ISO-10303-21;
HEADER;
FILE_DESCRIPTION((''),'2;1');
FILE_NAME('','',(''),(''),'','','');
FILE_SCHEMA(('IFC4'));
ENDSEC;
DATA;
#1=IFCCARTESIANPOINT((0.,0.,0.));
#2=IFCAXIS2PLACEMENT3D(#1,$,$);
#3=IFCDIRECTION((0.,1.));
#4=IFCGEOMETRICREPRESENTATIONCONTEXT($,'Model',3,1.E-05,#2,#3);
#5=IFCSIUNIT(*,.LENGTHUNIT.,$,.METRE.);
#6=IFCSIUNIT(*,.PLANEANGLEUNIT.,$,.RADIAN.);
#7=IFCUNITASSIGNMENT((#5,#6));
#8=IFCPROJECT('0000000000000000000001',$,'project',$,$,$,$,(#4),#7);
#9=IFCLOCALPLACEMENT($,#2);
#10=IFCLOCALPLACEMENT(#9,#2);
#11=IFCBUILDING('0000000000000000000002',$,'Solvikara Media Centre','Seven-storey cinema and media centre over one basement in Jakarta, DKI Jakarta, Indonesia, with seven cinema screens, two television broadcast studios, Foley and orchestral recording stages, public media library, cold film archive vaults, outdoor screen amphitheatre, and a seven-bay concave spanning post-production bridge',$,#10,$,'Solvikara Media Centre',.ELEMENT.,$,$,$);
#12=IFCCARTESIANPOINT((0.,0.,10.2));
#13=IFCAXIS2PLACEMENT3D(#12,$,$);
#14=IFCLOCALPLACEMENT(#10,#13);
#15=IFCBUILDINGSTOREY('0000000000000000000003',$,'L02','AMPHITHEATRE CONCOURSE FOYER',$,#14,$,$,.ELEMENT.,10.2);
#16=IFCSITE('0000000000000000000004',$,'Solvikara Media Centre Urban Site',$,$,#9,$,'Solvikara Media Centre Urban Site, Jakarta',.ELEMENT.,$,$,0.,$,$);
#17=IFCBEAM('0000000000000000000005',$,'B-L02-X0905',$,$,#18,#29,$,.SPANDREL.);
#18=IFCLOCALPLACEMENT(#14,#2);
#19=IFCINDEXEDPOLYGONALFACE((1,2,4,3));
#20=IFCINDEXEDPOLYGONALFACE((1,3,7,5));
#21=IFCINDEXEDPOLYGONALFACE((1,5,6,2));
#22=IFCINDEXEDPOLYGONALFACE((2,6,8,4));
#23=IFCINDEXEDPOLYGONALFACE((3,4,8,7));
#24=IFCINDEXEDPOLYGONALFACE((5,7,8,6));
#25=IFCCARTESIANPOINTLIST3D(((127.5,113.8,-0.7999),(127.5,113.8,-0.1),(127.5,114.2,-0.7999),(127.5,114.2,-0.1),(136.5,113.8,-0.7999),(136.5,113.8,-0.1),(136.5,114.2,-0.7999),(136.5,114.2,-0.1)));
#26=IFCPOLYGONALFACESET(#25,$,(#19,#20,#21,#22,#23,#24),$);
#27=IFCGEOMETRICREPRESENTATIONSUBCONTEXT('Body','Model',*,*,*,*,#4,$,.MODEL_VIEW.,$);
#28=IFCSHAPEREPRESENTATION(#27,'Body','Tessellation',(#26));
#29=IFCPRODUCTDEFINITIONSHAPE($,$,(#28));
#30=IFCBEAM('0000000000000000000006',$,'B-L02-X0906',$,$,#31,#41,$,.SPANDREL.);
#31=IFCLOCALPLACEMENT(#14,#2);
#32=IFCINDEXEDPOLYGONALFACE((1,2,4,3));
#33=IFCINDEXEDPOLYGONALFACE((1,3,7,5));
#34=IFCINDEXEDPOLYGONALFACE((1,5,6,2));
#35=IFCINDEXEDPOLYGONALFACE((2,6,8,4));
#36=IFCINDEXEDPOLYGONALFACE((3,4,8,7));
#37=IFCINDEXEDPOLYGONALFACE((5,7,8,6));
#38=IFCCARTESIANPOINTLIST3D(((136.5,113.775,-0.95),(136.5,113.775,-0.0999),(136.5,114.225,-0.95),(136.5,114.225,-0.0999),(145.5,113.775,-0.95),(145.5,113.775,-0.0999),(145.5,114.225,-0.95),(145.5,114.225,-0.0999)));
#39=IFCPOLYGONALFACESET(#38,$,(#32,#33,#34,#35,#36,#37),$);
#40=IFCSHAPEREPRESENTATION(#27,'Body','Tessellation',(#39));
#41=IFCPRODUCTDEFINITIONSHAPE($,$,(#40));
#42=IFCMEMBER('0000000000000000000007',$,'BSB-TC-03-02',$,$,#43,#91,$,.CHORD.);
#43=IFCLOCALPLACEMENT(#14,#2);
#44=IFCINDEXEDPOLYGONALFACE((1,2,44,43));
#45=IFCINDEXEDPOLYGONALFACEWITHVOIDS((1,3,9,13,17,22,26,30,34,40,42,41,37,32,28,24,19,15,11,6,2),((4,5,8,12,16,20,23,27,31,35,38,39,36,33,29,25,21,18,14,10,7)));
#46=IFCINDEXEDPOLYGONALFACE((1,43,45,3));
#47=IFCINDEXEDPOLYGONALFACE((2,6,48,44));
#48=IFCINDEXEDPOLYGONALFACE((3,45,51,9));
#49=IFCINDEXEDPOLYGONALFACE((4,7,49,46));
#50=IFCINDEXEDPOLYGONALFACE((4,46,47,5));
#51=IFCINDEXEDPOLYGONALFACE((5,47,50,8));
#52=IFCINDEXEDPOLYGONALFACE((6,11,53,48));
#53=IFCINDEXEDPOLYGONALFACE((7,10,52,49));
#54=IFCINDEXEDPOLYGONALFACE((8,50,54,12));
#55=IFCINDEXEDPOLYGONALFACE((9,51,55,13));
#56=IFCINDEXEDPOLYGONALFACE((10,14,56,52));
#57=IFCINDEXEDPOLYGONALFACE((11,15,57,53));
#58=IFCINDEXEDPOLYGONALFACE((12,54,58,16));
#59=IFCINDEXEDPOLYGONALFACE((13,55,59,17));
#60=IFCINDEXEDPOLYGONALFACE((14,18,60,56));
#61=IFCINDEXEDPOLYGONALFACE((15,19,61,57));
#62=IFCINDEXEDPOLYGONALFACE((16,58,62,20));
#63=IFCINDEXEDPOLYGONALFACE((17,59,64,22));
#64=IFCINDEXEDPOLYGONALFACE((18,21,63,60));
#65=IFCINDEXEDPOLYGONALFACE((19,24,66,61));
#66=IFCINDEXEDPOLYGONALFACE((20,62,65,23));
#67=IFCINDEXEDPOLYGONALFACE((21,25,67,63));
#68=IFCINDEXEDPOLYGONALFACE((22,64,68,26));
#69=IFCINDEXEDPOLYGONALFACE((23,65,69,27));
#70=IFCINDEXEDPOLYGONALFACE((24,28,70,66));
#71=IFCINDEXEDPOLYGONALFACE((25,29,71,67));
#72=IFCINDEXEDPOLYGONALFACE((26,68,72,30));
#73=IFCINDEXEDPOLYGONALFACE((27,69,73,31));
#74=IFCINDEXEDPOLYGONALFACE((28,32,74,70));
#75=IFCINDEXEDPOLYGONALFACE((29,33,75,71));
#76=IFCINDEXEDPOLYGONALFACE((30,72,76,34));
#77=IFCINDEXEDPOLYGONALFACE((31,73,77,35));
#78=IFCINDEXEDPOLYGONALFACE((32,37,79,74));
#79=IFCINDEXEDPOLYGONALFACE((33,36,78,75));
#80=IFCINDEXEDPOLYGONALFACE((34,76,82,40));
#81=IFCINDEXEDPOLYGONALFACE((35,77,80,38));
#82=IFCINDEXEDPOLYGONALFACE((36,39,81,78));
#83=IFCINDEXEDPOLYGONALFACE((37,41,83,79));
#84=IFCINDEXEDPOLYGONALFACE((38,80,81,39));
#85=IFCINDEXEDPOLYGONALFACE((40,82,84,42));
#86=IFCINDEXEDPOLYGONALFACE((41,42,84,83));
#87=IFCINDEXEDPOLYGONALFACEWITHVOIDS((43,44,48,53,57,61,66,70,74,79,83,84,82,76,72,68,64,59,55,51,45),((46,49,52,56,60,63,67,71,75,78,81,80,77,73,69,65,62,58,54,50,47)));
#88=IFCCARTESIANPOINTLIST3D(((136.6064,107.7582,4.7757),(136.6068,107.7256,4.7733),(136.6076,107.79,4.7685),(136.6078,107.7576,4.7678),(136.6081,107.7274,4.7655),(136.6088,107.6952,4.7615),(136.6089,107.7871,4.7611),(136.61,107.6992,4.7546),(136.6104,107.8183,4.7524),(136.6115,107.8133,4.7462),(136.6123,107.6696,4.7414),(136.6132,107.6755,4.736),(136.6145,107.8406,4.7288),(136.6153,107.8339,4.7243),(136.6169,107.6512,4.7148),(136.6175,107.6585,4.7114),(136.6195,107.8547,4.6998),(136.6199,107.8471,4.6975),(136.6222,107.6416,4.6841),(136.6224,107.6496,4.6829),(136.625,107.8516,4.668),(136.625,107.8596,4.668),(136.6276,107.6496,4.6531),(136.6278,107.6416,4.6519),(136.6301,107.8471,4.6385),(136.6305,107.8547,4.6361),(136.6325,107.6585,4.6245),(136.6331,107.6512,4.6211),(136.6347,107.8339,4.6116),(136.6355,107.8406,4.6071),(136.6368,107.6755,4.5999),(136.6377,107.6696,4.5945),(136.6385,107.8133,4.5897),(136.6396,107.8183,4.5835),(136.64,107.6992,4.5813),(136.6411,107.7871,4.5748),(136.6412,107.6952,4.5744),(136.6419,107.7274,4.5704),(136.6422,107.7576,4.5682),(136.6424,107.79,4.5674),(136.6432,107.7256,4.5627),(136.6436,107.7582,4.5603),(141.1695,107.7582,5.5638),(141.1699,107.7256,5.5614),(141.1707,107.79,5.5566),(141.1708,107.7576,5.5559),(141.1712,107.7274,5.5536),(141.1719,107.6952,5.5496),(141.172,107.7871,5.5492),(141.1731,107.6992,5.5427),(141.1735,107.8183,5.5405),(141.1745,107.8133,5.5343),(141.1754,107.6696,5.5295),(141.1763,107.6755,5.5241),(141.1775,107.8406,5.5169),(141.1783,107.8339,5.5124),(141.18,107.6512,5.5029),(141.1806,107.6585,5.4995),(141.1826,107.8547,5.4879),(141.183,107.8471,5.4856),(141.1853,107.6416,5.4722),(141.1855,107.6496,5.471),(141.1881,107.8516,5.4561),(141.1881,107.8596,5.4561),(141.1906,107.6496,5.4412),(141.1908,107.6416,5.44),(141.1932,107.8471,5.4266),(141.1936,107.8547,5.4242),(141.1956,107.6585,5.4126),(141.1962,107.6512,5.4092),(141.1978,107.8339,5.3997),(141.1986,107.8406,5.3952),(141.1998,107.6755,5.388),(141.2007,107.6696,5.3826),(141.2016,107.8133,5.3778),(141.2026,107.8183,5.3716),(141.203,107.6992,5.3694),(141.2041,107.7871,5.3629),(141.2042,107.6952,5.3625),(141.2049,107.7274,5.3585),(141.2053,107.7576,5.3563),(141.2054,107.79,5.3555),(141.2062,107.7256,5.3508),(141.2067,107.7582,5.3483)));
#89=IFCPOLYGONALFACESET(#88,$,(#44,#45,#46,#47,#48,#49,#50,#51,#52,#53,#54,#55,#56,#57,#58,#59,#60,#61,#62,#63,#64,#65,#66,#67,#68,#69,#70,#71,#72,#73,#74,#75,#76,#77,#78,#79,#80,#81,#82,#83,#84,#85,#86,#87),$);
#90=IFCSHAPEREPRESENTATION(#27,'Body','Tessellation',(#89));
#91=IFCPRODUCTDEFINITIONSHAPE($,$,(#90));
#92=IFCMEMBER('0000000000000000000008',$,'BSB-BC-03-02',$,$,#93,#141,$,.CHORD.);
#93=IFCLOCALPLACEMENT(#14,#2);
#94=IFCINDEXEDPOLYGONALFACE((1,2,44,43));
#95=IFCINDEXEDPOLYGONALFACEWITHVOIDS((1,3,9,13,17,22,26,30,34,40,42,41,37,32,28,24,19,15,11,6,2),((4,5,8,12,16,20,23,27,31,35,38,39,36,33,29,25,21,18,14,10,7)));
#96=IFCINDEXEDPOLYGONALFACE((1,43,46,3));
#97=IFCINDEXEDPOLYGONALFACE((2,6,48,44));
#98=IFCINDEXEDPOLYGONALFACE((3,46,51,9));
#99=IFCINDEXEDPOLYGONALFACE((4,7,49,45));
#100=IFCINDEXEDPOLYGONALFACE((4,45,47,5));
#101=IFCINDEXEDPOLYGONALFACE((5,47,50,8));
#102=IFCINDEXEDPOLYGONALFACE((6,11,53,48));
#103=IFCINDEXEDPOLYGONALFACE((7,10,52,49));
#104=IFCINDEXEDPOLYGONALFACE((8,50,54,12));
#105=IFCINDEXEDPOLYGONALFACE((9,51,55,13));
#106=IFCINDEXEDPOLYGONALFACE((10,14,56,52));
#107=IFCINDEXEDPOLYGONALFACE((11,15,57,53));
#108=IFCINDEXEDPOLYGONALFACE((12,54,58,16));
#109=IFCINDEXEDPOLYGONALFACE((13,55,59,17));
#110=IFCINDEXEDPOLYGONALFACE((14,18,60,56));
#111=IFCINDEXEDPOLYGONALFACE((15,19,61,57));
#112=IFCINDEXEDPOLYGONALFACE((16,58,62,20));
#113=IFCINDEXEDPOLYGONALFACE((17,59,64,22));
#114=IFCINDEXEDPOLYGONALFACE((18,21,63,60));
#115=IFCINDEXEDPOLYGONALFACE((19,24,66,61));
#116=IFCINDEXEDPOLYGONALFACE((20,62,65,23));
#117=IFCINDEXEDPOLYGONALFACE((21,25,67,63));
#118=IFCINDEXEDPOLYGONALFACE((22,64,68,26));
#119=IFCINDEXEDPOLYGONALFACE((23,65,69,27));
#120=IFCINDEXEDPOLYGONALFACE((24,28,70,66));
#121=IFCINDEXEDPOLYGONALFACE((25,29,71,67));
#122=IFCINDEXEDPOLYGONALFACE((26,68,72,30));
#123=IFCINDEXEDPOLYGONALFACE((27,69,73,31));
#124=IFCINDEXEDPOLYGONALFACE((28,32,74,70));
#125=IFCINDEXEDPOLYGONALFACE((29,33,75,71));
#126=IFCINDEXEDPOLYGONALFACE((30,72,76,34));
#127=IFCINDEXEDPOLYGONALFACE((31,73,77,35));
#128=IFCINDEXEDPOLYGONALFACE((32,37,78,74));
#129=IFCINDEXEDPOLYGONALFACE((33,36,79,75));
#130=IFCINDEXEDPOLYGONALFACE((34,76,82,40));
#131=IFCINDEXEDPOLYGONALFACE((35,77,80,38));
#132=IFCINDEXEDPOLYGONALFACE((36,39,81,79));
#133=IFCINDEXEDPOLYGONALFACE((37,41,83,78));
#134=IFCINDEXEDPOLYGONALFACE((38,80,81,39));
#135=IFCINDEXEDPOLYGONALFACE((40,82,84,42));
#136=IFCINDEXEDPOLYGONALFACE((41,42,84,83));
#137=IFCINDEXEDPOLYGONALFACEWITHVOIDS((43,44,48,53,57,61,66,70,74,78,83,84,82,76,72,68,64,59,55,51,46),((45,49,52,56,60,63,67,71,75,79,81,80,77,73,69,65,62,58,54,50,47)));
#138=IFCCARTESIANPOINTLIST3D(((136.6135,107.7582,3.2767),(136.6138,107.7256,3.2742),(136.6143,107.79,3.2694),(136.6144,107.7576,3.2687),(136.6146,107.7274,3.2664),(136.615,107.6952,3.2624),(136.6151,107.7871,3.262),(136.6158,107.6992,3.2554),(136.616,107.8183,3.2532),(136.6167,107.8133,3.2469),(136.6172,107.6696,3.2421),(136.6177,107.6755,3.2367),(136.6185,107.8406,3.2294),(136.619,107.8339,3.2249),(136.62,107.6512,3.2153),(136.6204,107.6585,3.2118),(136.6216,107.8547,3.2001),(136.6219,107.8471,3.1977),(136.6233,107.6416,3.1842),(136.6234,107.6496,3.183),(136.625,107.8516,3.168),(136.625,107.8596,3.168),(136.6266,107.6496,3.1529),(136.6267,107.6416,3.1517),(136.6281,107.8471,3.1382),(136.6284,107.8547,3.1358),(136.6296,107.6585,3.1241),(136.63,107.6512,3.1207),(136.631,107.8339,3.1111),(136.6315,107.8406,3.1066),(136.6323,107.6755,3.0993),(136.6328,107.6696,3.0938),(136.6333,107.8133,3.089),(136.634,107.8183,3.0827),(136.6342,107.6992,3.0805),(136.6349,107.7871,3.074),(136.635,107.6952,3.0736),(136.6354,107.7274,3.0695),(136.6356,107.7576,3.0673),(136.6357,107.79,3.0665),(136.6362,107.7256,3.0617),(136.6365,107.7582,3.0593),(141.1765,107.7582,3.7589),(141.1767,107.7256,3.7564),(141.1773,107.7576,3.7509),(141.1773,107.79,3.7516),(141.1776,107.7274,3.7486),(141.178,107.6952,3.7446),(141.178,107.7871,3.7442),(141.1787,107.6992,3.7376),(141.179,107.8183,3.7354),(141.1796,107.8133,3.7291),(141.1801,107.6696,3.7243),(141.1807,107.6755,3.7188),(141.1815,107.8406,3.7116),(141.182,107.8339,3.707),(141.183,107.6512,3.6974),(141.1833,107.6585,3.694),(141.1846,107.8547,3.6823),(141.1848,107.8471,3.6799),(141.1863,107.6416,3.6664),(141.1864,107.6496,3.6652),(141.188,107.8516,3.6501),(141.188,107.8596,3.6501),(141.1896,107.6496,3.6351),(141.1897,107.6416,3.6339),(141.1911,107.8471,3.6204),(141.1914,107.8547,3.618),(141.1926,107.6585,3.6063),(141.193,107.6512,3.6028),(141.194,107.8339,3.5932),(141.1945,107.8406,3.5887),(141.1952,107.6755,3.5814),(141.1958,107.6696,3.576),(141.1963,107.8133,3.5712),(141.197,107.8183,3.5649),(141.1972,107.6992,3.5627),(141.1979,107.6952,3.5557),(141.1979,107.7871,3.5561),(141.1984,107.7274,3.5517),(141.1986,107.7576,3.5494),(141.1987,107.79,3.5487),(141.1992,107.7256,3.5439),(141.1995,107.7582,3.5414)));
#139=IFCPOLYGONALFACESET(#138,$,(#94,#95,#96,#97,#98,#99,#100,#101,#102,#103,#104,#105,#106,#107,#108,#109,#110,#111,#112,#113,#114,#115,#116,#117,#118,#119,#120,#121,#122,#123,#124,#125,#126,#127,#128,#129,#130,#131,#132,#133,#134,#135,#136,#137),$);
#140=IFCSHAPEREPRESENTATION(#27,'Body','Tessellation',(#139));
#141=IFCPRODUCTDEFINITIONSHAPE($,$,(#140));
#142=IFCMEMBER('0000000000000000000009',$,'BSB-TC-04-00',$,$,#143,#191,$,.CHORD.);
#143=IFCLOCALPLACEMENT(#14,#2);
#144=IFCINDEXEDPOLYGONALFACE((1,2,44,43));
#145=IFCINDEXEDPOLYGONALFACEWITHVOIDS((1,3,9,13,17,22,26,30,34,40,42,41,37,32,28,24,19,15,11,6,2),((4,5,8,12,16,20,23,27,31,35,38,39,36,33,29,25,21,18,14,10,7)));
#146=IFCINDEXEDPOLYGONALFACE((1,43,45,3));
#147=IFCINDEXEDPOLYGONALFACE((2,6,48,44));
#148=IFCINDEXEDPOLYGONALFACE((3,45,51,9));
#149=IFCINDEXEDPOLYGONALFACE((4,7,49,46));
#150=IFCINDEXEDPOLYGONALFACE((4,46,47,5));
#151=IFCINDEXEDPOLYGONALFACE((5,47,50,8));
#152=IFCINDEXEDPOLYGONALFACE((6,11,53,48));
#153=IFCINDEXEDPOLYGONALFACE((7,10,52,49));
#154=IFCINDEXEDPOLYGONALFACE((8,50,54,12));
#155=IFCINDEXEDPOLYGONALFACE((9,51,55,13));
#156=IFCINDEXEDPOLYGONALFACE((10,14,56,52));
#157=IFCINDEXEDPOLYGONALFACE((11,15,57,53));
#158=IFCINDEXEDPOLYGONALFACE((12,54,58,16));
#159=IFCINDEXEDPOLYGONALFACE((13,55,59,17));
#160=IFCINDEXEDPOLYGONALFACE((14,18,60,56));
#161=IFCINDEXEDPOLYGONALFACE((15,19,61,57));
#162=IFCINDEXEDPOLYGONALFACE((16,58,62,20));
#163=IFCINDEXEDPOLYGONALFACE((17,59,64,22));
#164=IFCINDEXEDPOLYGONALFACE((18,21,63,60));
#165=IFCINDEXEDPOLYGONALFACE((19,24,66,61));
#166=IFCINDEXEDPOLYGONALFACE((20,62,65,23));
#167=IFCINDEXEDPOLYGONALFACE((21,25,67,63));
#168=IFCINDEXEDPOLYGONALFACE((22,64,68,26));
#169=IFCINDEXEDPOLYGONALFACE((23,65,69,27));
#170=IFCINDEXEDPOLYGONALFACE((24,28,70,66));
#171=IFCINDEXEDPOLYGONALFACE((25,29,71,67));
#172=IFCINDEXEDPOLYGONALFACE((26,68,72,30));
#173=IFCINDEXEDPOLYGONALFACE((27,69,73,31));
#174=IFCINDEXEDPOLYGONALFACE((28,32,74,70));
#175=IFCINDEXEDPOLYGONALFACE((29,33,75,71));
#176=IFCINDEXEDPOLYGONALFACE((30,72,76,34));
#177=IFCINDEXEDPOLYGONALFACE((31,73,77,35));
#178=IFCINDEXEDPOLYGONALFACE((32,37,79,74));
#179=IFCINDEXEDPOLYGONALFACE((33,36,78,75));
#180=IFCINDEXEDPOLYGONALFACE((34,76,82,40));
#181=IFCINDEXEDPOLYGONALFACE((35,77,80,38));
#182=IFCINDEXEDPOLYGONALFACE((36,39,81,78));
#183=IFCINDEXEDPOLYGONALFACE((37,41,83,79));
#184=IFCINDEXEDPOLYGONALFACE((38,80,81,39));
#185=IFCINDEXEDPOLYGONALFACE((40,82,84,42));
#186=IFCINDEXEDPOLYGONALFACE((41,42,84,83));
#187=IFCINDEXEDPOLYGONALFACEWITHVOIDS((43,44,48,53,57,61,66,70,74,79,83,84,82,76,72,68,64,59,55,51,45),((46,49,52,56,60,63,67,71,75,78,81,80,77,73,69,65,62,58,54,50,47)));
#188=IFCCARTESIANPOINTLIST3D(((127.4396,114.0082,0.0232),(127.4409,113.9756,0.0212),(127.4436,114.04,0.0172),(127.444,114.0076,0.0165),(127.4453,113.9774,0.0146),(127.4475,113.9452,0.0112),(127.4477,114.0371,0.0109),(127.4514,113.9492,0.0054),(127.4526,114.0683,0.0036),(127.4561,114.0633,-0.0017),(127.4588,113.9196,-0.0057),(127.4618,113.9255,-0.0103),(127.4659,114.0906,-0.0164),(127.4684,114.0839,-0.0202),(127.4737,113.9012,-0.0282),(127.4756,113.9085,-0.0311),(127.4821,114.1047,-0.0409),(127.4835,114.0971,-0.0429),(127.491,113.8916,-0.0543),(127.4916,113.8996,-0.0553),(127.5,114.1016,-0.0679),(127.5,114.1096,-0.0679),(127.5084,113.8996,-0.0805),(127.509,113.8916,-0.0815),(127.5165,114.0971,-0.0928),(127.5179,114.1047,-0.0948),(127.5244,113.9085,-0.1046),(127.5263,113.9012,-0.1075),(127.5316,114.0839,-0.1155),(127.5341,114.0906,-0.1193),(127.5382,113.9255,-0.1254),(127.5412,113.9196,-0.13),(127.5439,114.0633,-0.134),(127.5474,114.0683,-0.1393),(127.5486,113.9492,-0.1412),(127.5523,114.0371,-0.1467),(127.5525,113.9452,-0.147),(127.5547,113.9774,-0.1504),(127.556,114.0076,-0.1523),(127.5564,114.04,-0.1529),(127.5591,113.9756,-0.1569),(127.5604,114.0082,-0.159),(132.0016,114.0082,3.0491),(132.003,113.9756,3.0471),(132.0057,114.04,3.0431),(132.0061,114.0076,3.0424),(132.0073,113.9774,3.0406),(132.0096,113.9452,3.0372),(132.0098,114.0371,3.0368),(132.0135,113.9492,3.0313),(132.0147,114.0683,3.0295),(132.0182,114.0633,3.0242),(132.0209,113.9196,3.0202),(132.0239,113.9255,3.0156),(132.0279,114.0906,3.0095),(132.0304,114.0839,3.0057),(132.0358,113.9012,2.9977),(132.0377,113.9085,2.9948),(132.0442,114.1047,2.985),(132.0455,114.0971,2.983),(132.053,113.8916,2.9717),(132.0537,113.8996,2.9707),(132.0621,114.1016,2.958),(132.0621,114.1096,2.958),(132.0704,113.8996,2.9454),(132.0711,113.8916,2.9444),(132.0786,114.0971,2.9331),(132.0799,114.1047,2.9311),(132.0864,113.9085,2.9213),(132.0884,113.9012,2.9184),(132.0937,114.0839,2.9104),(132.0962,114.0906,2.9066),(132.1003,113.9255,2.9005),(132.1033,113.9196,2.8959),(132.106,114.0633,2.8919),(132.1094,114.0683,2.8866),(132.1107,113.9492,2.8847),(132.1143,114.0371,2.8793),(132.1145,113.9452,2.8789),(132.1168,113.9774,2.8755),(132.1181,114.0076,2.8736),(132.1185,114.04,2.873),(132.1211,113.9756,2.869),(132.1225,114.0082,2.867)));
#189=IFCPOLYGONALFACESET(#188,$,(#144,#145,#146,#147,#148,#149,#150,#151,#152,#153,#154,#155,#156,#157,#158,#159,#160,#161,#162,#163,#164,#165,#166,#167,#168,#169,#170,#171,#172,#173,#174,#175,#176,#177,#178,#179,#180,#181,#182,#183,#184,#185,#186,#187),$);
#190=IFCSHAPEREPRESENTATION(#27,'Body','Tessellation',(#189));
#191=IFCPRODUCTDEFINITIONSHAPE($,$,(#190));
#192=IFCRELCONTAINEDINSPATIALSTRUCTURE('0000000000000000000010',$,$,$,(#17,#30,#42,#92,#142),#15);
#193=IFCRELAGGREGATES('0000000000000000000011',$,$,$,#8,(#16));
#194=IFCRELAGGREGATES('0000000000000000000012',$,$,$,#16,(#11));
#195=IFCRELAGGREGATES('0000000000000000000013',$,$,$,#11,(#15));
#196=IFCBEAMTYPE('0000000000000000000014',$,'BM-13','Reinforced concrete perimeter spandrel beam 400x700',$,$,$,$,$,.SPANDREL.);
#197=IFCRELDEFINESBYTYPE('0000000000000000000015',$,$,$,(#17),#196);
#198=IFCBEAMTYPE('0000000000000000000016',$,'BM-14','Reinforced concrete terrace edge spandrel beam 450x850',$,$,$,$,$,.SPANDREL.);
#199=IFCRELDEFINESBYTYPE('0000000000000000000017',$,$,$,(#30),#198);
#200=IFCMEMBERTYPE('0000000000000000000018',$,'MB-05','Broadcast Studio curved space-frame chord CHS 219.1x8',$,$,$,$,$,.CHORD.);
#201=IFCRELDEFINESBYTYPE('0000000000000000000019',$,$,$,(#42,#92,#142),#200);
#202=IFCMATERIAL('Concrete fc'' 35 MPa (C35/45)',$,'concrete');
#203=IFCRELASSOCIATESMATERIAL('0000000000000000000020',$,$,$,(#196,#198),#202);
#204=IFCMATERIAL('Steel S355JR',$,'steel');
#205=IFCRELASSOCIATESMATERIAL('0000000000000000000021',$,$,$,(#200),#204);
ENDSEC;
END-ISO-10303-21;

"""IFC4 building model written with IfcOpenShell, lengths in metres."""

from ifc_helpers import new_model, si_unit, direction, frame, origin, origin_2d, place, context, subcontext, project, spatial, rectangle, hollow_circle, extrude, material, material_profile, profile_set, type_object, element, save


model = new_model("IFC4")

# Units and contexts
model_context = context("Model", 3, precision=1e-05, world=origin(), true_north=direction((0.0, 1.0)))
body_context = subcontext(model_context, "Body", "Model", "MODEL_VIEW")
ifc_project = project(units=[si_unit("LENGTHUNIT", "METRE"), si_unit("PLANEANGLEUNIT", "RADIAN")], contexts=[model_context])

# Site, building, storey
site_placement = place(None, origin())
site = spatial("IfcSite", under=ifc_project, at=site_placement, Name="Solvikara Media Centre Urban Site", LongName="Solvikara Media Centre Urban Site, Jakarta", CompositionType="ELEMENT", RefElevation=0.0)
building_placement = place(site_placement, origin())
building = spatial("IfcBuilding", under=site, at=building_placement, Name="Solvikara Media Centre", Description="Seven-storey cinema and media centre over one basement in Jakarta, DKI Jakarta, Indonesia, with seven cinema screens, two television broadcast studios, Foley and orchestral recording stages, public media library, cold film archive vaults, outdoor screen amphitheatre, and a seven-bay concave spanning post-production bridge", LongName="Solvikara Media Centre", CompositionType="ELEMENT")
storey_placement = place(building_placement, frame((0.0, 0.0, 10.2)))
storey = spatial("IfcBuildingStorey", under=building, at=storey_placement, Name="L02", Description="AMPHITHEATRE CONCOURSE FOYER", CompositionType="ELEMENT", Elevation=10.2)

# Beams
ifc_material_1 = material(Name="Concrete fc' 35 MPa (C35/45)", Category="concrete")
ifc_material_profile_1 = material_profile(ifc_material_1, rectangle(XDim=0.3999, YDim=0.7, at=origin_2d()), Name="RC 400x700")
ifc_profile_set_1 = profile_set([ifc_material_profile_1], Name="Concrete fc' 35 MPa (C35/45)")
beam_type_1 = type_object("IfcBeamType", Name="BM-13", Description="Reinforced concrete perimeter spandrel beam 400x700", PredefinedType="SPANDREL", material=ifc_profile_set_1)
beam_1_placement = place(storey_placement, frame((127.5, 114.0, -0.45), z_axis=(1.0, 0.0, 0.0), x_axis=(0.0, 1.0, 0.0)))
element("IfcBeam", 1, at=beam_1_placement, inside=storey, type_object=beam_type_1, Name="B-L02-X0905", PredefinedType="SPANDREL", context=body_context, shape_type="SweptSolid", body=[
    extrude(rectangle(XDim=0.3999, YDim=0.7, at=origin_2d()), origin(), (0.0, 0.0, 1.0), 9.0),
])
ifc_material_profile_2 = material_profile(ifc_material_1, rectangle(XDim=0.45, YDim=0.8501, at=origin_2d()), Name="RC 450x850")
ifc_profile_set_2 = profile_set([ifc_material_profile_2], Name="Concrete fc' 35 MPa (C35/45)")
beam_type_2 = type_object("IfcBeamType", Name="BM-14", Description="Reinforced concrete terrace edge spandrel beam 450x850", PredefinedType="SPANDREL", material=ifc_profile_set_2)
beam_2_placement = place(storey_placement, frame((136.5, 114.0, -0.5249), z_axis=(1.0, 0.0, 0.0), x_axis=(0.0, 1.0, 0.0)))
element("IfcBeam", 2, at=beam_2_placement, inside=storey, type_object=beam_type_2, Name="B-L02-X0906", PredefinedType="SPANDREL", context=body_context, shape_type="SweptSolid", body=[
    extrude(rectangle(XDim=0.45, YDim=0.8501, at=origin_2d()), origin(), (0.0, 0.0, 1.0), 9.0),
])

# Members
ifc_material_2 = material(Name="Steel S355JR", Category="steel")
ifc_material_profile_3 = material_profile(ifc_material_2, hollow_circle(Radius=0.1096, WallThickness=0.0081, at=origin_2d()), Name="CHS 219.1x8")
ifc_profile_set_3 = profile_set([ifc_material_profile_3], Name="Steel S355JR")
member_type_1 = type_object("IfcMemberType", Name="MB-05", Description="Broadcast Studio curved space-frame chord CHS 219.1x8", PredefinedType="CHORD", material=ifc_profile_set_3)
member_1_placement = place(storey_placement, frame((136.625, 107.75, 4.668), z_axis=(0.985411, 0.0, 0.170193), x_axis=(0.0, 1.0, 0.0)))
element("IfcMember", 3, at=member_1_placement, inside=storey, type_object=member_type_1, Name="BSB-TC-03-02", PredefinedType="CHORD", context=body_context, shape_type="SweptSolid", body=[
    extrude(hollow_circle(Radius=0.1096, WallThickness=0.0081, at=origin_2d()), origin(), (0.0, 0.0, 1.0), 4.6306),
])
member_2_placement = place(storey_placement, frame((136.625, 107.75, 3.168), z_axis=(0.994463, 0.0, 0.105086), x_axis=(0.0, 1.0, 0.0)))
element("IfcMember", 4, at=member_2_placement, inside=storey, type_object=member_type_1, Name="BSB-BC-03-02", PredefinedType="CHORD", context=body_context, shape_type="SweptSolid", body=[
    extrude(hollow_circle(Radius=0.1096, WallThickness=0.0081, at=origin_2d()), origin(), (0.0, 0.0, 1.0), 4.5884),
])
member_3_placement = place(storey_placement, frame((127.5, 114.0, -0.0679), z_axis=(0.833352, 0.0, 0.552743), x_axis=(0.0, 1.0, 0.0)))
element("IfcMember", 5, at=member_3_placement, inside=storey, type_object=member_type_1, Name="BSB-TC-04-00", PredefinedType="CHORD", context=body_context, shape_type="SweptSolid", body=[
    extrude(hollow_circle(Radius=0.1096, WallThickness=0.0081, at=origin_2d()), origin(), (0.0, 0.0, 1.0), 5.4744),
])

save(model, "model.ifc")
